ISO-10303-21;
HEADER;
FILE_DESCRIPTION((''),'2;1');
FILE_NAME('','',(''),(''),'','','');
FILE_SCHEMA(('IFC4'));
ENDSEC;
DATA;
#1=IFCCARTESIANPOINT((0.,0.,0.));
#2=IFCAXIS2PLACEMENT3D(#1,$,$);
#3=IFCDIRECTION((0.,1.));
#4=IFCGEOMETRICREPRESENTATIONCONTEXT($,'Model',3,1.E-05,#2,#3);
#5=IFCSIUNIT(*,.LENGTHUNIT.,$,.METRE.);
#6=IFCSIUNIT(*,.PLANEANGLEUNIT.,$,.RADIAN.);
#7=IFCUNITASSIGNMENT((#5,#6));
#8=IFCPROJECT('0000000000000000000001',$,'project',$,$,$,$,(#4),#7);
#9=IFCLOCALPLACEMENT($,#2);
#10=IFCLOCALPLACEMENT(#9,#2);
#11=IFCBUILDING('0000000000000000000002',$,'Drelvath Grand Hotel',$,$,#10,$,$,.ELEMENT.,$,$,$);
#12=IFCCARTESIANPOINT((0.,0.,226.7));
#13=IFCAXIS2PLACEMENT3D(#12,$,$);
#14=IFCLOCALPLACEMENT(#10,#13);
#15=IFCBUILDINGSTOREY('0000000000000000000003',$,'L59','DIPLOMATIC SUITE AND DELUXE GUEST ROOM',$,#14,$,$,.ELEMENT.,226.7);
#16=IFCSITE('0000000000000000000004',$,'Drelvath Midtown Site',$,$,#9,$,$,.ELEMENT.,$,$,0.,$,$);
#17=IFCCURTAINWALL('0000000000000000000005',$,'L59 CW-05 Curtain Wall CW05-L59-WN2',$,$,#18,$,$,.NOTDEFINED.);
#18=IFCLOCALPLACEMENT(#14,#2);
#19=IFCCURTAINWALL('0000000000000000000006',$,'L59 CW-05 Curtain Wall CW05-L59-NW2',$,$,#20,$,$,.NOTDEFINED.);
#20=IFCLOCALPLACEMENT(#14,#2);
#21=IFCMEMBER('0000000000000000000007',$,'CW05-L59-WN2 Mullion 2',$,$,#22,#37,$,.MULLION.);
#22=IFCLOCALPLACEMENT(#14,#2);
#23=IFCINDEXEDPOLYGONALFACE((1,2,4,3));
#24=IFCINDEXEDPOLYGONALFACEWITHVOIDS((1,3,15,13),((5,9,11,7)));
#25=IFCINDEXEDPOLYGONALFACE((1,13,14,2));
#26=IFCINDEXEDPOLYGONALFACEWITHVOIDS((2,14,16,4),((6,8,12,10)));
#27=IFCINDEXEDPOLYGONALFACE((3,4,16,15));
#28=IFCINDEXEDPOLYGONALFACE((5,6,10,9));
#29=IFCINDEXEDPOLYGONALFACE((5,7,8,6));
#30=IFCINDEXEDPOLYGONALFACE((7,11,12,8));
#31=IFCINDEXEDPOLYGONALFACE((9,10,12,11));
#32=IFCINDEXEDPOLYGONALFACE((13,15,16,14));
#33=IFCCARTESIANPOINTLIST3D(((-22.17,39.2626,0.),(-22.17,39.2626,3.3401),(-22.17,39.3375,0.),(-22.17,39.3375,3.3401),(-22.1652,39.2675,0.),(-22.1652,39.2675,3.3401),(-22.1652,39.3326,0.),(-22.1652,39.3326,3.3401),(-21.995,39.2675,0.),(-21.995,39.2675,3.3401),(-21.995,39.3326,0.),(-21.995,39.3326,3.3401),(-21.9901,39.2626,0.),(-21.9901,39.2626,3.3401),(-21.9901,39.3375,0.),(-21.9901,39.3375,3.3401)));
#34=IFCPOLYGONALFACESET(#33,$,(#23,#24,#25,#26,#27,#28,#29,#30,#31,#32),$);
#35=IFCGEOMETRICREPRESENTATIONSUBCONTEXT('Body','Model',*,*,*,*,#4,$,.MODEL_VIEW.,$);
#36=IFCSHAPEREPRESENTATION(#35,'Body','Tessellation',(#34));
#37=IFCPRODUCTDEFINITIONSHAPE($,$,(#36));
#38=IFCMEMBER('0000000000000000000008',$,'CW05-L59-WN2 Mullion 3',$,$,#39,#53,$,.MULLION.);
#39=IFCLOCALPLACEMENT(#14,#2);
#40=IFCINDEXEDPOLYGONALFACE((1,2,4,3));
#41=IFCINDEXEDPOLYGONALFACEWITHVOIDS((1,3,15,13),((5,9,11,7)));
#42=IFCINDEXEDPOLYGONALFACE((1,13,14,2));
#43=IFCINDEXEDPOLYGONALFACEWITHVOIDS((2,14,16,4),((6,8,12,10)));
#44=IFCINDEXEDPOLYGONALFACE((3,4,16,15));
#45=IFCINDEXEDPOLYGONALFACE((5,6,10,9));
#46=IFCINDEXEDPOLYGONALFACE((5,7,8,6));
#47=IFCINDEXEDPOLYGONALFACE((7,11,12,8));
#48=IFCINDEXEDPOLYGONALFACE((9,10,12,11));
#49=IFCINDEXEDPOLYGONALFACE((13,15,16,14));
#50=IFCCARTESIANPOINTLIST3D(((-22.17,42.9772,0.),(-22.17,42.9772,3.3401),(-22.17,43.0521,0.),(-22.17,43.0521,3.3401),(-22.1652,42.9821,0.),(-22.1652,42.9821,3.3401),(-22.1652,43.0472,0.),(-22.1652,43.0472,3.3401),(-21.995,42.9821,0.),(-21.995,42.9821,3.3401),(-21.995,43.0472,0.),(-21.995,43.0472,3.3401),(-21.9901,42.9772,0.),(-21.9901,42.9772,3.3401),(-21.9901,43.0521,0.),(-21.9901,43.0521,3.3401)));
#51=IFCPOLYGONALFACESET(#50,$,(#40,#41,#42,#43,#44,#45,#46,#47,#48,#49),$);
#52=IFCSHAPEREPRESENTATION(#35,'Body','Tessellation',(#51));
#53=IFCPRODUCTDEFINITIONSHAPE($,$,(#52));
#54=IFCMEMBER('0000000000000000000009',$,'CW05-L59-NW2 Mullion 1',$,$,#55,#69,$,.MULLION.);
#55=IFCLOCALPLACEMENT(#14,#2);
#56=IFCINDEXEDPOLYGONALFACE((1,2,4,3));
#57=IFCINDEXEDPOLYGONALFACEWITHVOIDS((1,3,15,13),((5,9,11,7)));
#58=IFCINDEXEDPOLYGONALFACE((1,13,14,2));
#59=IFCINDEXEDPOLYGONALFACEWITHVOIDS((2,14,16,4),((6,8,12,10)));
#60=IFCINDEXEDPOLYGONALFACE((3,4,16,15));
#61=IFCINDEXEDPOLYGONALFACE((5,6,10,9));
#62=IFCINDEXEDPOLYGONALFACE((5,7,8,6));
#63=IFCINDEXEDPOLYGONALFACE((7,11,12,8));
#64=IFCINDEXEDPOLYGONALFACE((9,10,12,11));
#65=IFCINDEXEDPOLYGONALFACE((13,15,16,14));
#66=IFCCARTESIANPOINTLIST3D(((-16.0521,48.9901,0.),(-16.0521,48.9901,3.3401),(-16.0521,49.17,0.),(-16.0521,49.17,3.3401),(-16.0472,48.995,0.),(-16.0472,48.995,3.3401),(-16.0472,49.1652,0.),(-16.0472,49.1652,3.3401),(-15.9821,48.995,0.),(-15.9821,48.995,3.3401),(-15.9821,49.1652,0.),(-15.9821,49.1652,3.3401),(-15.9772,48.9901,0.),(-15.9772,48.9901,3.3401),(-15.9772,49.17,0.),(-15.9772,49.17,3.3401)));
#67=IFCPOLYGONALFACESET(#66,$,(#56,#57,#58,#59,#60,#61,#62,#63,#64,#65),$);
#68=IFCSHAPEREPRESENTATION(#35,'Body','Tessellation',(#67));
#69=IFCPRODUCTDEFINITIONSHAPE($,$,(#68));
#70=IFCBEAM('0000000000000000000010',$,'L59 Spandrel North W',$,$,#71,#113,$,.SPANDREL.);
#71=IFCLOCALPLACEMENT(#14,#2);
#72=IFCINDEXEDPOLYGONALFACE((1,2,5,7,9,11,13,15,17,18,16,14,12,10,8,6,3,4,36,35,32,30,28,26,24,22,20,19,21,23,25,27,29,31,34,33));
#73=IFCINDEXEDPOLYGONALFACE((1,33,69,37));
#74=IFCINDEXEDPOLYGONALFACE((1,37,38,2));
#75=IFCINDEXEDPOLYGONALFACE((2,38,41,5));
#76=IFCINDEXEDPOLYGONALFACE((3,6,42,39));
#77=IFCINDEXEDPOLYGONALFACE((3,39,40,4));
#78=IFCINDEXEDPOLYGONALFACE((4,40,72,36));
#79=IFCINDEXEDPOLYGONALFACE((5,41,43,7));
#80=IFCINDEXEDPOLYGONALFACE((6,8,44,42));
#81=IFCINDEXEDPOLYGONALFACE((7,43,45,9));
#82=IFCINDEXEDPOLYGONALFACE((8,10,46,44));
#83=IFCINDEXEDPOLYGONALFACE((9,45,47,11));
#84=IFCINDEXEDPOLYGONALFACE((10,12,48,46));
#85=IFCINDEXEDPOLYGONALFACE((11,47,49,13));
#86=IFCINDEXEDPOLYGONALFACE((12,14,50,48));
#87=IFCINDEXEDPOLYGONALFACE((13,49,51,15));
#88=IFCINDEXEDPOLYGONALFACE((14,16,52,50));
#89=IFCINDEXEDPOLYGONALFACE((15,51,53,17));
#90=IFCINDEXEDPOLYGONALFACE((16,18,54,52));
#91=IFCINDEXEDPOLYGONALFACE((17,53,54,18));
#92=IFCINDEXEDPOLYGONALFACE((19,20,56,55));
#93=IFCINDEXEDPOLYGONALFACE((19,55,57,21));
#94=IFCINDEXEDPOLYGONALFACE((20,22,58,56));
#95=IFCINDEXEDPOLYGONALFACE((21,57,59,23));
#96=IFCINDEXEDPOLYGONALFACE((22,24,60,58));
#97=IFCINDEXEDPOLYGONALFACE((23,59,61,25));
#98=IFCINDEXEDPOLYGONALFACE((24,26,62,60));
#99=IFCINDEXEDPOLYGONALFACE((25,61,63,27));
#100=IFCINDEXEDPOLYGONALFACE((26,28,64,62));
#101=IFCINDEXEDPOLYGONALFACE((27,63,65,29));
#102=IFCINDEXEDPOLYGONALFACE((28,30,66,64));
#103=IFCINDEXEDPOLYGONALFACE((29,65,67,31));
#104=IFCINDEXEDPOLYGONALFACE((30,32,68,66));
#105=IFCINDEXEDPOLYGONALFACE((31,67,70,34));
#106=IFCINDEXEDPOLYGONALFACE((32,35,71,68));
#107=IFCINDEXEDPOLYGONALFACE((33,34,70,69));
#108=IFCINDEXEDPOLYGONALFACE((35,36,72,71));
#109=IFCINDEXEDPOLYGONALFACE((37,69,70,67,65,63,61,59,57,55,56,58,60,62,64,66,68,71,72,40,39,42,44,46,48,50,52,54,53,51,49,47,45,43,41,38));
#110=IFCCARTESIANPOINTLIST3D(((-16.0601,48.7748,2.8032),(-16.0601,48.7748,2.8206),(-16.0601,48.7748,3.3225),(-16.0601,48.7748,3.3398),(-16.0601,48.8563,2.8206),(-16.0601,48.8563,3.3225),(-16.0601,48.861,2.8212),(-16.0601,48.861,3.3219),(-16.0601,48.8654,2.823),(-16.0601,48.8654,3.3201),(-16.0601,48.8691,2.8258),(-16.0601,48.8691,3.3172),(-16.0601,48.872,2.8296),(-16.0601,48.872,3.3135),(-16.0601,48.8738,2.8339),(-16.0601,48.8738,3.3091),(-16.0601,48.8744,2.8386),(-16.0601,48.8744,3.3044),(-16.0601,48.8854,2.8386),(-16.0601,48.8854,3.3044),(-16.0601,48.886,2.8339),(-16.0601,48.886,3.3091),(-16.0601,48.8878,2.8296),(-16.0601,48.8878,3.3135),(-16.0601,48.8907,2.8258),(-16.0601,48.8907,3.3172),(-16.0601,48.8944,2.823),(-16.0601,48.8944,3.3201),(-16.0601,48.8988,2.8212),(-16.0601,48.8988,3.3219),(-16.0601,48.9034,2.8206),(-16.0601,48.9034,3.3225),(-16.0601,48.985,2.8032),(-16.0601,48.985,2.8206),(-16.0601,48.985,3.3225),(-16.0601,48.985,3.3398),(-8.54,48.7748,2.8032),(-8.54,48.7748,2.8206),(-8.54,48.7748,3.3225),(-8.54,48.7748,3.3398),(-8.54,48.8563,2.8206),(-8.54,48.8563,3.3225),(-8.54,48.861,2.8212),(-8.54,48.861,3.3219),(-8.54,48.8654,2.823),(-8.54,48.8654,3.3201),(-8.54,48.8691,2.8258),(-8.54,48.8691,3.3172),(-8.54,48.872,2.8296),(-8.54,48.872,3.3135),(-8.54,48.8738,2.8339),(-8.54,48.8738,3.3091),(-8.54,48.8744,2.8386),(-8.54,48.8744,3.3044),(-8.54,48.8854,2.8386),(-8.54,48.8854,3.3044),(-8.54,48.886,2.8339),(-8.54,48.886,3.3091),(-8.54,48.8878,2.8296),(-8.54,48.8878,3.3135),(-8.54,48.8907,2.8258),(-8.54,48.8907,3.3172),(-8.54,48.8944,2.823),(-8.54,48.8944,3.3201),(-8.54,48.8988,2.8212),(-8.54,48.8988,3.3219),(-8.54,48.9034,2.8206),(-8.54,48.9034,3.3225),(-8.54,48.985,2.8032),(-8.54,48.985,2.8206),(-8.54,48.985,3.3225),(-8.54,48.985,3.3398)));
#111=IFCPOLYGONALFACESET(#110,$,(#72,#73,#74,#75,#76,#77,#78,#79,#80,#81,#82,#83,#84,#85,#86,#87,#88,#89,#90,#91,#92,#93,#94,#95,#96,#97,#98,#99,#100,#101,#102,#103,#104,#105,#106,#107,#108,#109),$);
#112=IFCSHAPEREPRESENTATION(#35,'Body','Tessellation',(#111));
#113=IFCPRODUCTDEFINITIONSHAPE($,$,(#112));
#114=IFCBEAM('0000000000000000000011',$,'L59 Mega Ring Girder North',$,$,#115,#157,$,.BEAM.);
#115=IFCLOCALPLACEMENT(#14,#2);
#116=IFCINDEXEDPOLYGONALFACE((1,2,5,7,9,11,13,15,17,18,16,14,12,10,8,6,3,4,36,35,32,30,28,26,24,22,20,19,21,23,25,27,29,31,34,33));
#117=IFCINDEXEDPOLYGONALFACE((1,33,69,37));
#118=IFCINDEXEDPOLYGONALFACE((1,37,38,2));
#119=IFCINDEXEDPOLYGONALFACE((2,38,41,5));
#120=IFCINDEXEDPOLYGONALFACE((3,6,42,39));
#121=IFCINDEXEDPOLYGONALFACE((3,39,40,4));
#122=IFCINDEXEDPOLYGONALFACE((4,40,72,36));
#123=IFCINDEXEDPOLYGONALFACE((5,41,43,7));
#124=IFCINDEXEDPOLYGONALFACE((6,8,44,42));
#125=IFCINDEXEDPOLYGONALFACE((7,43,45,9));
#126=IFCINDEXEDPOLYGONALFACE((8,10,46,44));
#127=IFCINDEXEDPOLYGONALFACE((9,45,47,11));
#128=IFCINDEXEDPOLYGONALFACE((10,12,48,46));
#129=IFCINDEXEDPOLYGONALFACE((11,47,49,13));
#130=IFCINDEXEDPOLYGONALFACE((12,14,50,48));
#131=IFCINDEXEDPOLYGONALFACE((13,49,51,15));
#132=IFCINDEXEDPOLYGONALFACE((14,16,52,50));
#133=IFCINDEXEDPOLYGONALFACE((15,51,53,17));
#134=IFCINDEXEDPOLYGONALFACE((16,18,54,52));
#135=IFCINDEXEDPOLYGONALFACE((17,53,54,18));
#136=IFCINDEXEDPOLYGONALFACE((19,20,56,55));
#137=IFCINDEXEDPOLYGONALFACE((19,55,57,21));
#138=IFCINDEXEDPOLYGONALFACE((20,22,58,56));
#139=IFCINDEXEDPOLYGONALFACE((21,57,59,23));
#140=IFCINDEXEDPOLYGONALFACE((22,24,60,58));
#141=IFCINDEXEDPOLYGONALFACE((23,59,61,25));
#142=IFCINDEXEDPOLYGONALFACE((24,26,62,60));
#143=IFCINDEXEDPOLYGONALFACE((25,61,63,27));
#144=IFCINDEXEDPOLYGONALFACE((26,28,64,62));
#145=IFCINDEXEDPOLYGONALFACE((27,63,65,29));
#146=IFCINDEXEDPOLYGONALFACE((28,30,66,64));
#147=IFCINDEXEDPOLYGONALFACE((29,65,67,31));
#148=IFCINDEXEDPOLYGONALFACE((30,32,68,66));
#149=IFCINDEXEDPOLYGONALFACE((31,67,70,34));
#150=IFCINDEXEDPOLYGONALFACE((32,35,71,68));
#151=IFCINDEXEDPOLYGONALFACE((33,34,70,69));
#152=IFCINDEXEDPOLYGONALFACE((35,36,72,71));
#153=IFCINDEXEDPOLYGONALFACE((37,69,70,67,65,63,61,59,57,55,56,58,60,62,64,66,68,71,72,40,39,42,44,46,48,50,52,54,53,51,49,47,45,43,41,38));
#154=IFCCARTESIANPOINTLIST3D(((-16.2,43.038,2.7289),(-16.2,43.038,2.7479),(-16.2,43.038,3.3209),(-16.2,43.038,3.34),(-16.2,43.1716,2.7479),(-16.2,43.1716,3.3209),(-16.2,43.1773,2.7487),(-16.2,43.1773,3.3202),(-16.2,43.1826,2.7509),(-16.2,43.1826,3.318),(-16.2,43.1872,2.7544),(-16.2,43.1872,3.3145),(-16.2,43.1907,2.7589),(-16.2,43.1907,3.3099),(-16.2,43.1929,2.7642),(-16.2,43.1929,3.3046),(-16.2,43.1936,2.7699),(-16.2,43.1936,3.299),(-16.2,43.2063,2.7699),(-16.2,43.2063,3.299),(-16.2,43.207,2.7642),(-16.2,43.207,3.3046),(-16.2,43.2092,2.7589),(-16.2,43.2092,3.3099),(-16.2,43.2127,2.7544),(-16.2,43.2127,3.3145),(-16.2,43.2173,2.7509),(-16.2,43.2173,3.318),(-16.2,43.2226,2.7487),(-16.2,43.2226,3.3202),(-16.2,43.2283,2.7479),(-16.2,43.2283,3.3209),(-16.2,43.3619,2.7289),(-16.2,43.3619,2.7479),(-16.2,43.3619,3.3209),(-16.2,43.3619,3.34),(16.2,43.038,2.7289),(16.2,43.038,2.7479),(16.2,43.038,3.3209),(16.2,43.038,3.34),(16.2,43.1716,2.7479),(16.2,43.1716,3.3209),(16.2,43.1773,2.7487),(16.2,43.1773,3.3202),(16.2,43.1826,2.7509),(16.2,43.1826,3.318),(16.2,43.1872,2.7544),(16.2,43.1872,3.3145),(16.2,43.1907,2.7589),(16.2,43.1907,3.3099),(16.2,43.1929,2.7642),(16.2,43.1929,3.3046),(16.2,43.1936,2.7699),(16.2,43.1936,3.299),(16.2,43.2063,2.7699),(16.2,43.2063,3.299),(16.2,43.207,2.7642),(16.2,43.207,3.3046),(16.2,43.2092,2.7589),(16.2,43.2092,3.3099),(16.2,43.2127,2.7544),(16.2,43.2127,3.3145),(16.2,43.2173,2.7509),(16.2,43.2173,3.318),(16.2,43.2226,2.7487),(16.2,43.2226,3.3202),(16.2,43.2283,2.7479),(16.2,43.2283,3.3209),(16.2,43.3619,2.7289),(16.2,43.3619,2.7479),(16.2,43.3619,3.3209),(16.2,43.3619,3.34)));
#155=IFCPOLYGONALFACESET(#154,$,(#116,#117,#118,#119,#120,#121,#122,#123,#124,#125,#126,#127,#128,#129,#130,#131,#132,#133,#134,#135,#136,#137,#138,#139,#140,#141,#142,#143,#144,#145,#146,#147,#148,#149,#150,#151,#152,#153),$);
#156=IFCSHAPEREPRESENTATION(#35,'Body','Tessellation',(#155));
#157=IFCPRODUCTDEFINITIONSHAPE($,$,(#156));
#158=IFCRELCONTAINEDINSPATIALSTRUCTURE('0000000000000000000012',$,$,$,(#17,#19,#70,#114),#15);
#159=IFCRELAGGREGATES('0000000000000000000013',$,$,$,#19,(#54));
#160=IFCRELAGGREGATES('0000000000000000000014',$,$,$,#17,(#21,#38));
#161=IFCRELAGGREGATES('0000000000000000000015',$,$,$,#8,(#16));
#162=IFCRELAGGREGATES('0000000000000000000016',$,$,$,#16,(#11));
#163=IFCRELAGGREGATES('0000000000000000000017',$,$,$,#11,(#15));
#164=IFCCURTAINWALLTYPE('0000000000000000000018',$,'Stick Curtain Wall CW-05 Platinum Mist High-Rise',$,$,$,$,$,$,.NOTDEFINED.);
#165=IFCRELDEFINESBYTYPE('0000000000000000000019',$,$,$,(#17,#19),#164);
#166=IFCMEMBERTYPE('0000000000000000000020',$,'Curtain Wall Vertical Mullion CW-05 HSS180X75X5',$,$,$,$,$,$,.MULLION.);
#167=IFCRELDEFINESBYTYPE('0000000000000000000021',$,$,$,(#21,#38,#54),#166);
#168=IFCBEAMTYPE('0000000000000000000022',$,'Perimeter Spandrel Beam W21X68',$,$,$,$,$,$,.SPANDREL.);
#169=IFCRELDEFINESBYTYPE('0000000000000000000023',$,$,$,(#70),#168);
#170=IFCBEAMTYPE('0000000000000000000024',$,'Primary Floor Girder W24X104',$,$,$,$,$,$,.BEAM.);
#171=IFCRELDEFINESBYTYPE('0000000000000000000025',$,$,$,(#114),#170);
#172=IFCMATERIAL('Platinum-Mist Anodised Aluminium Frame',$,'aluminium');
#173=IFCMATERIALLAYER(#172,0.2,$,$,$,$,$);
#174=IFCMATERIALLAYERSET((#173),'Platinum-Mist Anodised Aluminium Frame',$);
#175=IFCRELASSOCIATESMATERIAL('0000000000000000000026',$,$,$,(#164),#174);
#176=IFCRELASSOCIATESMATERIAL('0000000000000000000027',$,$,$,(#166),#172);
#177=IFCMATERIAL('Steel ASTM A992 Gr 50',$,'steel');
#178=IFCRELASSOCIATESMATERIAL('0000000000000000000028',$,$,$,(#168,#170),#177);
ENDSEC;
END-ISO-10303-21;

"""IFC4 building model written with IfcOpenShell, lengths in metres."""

from ifc_helpers import new_model, si_unit, direction, frame, origin, origin_2d, place, context, subcontext, project, spatial, hollow_rectangle, i_section, extrude, material, layer, layer_set, material_profile, profile_set, type_object, element, aggregate, save


model = new_model("IFC4")

# Units and contexts
model_context = context("Model", 3, precision=1e-05, world=origin(), true_north=direction((0.0, 1.0)))
body_context = subcontext(model_context, "Body", "Model", "MODEL_VIEW")
ifc_project = project(units=[si_unit("LENGTHUNIT", "METRE"), si_unit("PLANEANGLEUNIT", "RADIAN")], contexts=[model_context])

# Site, building, storey
site_placement = place(None, origin())
site = spatial("IfcSite", under=ifc_project, at=site_placement, Name="Drelvath Midtown Site", CompositionType="ELEMENT", RefElevation=0.0)
building_placement = place(site_placement, origin())
building = spatial("IfcBuilding", under=site, at=building_placement, Name="Drelvath Grand Hotel", CompositionType="ELEMENT")
storey_placement = place(building_placement, frame((0.0, 0.0, 226.7)))
storey = spatial("IfcBuildingStorey", under=building, at=storey_placement, Name="L59", Description="DIPLOMATIC SUITE AND DELUXE GUEST ROOM", CompositionType="ELEMENT", Elevation=226.7)

# Shared definitions
ifc_material_1 = material(Name="Steel ASTM A992 Gr 50", Category="steel")

# Curtain walls
ifc_material_2 = material(Name="Platinum-Mist Anodised Aluminium Frame", Category="aluminium")
ifc_layer_1 = layer(ifc_material_2, 0.2)
ifc_layer_set_1 = layer_set([ifc_layer_1], Name="Platinum-Mist Anodised Aluminium Frame")
curtain_wall_type = type_object("IfcCurtainWallType", Name="Stick Curtain Wall CW-05 Platinum Mist High-Rise", PredefinedType="NOTDEFINED", material=ifc_layer_set_1)
curtain_wall_1_placement = place(storey_placement, origin())
curtain_wall_1 = element("IfcCurtainWall", 1, at=curtain_wall_1_placement, inside=storey, type_object=curtain_wall_type, Name="L59 CW-05 Curtain Wall CW05-L59-WN2", PredefinedType="NOTDEFINED")
curtain_wall_2_placement = place(storey_placement, origin())
curtain_wall_2 = element("IfcCurtainWall", 2, at=curtain_wall_2_placement, inside=storey, type_object=curtain_wall_type, Name="L59 CW-05 Curtain Wall CW05-L59-NW2", PredefinedType="NOTDEFINED")

# Members
ifc_material_profile_1 = material_profile(ifc_material_2, hollow_rectangle(XDim=0.075, YDim=0.1799, WallThickness=0.0049, at=origin_2d()), Name="HSS180X75X5")
ifc_profile_set_1 = profile_set([ifc_material_profile_1], Name="Platinum-Mist Anodised Aluminium Frame")
member_type_1 = type_object("IfcMemberType", Name="Curtain Wall Vertical Mullion CW-05 HSS180X75X5", PredefinedType="MULLION", material=ifc_profile_set_1)
member_1_placement = place(storey_placement, frame((-22.0801, 39.3, 0.0), z_axis=(0.0, 0.0, 1.0), x_axis=(0.0, 1.0, 0.0)))
member_1 = element("IfcMember", 3, at=member_1_placement, type_object=member_type_1, Name="CW05-L59-WN2 Mullion 2", PredefinedType="MULLION", context=body_context, shape_type="SweptSolid", body=[
    extrude(hollow_rectangle(XDim=0.075, YDim=0.1799, WallThickness=0.0049, at=origin_2d()), origin(), (0.0, 0.0, 1.0), 3.3401),
])
member_2_placement = place(storey_placement, frame((-22.0801, 43.0146, 0.0), z_axis=(0.0, 0.0, 1.0), x_axis=(0.0, 1.0, 0.0)))
member_2 = element("IfcMember", 4, at=member_2_placement, type_object=member_type_1, Name="CW05-L59-WN2 Mullion 3", PredefinedType="MULLION", context=body_context, shape_type="SweptSolid", body=[
    extrude(hollow_rectangle(XDim=0.075, YDim=0.1799, WallThickness=0.0049, at=origin_2d()), origin(), (0.0, 0.0, 1.0), 3.3401),
])
member_3_placement = place(storey_placement, frame((-16.0146, 49.0801, 0.0), z_axis=(0.0, 0.0, 1.0), x_axis=(1.0, 0.0, 0.0)))
member_3 = element("IfcMember", 5, at=member_3_placement, type_object=member_type_1, Name="CW05-L59-NW2 Mullion 1", PredefinedType="MULLION", context=body_context, shape_type="SweptSolid", body=[
    extrude(hollow_rectangle(XDim=0.075, YDim=0.1799, WallThickness=0.0049, at=origin_2d()), origin(), (0.0, 0.0, 1.0), 3.3401),
])
aggregate(curtain_wall_2, [member_3])

# Beams
ifc_material_profile_2 = material_profile(ifc_material_1, i_section(OverallWidth=0.2102, OverallDepth=0.5366, WebThickness=0.011, FlangeThickness=0.0173, FilletRadius=0.0181, at=origin_2d()), Name="W21X68")
ifc_profile_set_2 = profile_set([ifc_material_profile_2], Name="Steel ASTM A992 Gr 50")
beam_type_1 = type_object("IfcBeamType", Name="Perimeter Spandrel Beam W21X68", PredefinedType="SPANDREL", material=ifc_profile_set_2)
beam_1_placement = place(storey_placement, frame((-16.0601, 48.8799, 3.0715), z_axis=(1.0, 0.0, 0.0), x_axis=(0.0, 1.0, 0.0)))
element("IfcBeam", 6, at=beam_1_placement, inside=storey, type_object=beam_type_1, Name="L59 Spandrel North W", PredefinedType="SPANDREL", context=body_context, shape_type="SweptSolid", body=[
    extrude(i_section(OverallWidth=0.2102, OverallDepth=0.5366, WebThickness=0.011, FlangeThickness=0.0173, FilletRadius=0.0181, at=origin_2d()), origin(), (0.0, 0.0, 1.0), 7.52),
])
ifc_material_profile_3 = material_profile(ifc_material_1, i_section(OverallWidth=0.324, OverallDepth=0.6111, WebThickness=0.0127, FlangeThickness=0.019, FilletRadius=0.022, at=origin_2d()), Name="W24X104")
ifc_profile_set_3 = profile_set([ifc_material_profile_3], Name="Steel ASTM A992 Gr 50")
beam_type_2 = type_object("IfcBeamType", Name="Primary Floor Girder W24X104", PredefinedType="BEAM", material=ifc_profile_set_3)
beam_2_placement = place(storey_placement, frame((-16.2, 43.2, 3.0344), z_axis=(1.0, 0.0, 0.0), x_axis=(0.0, 1.0, 0.0)))
element("IfcBeam", 7, at=beam_2_placement, inside=storey, type_object=beam_type_2, Name="L59 Mega Ring Girder North", PredefinedType="BEAM", context=body_context, shape_type="SweptSolid", body=[
    extrude(i_section(OverallWidth=0.324, OverallDepth=0.6111, WebThickness=0.0127, FlangeThickness=0.019, FilletRadius=0.022, at=origin_2d()), origin(), (0.0, 0.0, 1.0), 32.3999),
])

aggregate(curtain_wall_1, [member_1, member_2])

save(model, "model.ifc")
